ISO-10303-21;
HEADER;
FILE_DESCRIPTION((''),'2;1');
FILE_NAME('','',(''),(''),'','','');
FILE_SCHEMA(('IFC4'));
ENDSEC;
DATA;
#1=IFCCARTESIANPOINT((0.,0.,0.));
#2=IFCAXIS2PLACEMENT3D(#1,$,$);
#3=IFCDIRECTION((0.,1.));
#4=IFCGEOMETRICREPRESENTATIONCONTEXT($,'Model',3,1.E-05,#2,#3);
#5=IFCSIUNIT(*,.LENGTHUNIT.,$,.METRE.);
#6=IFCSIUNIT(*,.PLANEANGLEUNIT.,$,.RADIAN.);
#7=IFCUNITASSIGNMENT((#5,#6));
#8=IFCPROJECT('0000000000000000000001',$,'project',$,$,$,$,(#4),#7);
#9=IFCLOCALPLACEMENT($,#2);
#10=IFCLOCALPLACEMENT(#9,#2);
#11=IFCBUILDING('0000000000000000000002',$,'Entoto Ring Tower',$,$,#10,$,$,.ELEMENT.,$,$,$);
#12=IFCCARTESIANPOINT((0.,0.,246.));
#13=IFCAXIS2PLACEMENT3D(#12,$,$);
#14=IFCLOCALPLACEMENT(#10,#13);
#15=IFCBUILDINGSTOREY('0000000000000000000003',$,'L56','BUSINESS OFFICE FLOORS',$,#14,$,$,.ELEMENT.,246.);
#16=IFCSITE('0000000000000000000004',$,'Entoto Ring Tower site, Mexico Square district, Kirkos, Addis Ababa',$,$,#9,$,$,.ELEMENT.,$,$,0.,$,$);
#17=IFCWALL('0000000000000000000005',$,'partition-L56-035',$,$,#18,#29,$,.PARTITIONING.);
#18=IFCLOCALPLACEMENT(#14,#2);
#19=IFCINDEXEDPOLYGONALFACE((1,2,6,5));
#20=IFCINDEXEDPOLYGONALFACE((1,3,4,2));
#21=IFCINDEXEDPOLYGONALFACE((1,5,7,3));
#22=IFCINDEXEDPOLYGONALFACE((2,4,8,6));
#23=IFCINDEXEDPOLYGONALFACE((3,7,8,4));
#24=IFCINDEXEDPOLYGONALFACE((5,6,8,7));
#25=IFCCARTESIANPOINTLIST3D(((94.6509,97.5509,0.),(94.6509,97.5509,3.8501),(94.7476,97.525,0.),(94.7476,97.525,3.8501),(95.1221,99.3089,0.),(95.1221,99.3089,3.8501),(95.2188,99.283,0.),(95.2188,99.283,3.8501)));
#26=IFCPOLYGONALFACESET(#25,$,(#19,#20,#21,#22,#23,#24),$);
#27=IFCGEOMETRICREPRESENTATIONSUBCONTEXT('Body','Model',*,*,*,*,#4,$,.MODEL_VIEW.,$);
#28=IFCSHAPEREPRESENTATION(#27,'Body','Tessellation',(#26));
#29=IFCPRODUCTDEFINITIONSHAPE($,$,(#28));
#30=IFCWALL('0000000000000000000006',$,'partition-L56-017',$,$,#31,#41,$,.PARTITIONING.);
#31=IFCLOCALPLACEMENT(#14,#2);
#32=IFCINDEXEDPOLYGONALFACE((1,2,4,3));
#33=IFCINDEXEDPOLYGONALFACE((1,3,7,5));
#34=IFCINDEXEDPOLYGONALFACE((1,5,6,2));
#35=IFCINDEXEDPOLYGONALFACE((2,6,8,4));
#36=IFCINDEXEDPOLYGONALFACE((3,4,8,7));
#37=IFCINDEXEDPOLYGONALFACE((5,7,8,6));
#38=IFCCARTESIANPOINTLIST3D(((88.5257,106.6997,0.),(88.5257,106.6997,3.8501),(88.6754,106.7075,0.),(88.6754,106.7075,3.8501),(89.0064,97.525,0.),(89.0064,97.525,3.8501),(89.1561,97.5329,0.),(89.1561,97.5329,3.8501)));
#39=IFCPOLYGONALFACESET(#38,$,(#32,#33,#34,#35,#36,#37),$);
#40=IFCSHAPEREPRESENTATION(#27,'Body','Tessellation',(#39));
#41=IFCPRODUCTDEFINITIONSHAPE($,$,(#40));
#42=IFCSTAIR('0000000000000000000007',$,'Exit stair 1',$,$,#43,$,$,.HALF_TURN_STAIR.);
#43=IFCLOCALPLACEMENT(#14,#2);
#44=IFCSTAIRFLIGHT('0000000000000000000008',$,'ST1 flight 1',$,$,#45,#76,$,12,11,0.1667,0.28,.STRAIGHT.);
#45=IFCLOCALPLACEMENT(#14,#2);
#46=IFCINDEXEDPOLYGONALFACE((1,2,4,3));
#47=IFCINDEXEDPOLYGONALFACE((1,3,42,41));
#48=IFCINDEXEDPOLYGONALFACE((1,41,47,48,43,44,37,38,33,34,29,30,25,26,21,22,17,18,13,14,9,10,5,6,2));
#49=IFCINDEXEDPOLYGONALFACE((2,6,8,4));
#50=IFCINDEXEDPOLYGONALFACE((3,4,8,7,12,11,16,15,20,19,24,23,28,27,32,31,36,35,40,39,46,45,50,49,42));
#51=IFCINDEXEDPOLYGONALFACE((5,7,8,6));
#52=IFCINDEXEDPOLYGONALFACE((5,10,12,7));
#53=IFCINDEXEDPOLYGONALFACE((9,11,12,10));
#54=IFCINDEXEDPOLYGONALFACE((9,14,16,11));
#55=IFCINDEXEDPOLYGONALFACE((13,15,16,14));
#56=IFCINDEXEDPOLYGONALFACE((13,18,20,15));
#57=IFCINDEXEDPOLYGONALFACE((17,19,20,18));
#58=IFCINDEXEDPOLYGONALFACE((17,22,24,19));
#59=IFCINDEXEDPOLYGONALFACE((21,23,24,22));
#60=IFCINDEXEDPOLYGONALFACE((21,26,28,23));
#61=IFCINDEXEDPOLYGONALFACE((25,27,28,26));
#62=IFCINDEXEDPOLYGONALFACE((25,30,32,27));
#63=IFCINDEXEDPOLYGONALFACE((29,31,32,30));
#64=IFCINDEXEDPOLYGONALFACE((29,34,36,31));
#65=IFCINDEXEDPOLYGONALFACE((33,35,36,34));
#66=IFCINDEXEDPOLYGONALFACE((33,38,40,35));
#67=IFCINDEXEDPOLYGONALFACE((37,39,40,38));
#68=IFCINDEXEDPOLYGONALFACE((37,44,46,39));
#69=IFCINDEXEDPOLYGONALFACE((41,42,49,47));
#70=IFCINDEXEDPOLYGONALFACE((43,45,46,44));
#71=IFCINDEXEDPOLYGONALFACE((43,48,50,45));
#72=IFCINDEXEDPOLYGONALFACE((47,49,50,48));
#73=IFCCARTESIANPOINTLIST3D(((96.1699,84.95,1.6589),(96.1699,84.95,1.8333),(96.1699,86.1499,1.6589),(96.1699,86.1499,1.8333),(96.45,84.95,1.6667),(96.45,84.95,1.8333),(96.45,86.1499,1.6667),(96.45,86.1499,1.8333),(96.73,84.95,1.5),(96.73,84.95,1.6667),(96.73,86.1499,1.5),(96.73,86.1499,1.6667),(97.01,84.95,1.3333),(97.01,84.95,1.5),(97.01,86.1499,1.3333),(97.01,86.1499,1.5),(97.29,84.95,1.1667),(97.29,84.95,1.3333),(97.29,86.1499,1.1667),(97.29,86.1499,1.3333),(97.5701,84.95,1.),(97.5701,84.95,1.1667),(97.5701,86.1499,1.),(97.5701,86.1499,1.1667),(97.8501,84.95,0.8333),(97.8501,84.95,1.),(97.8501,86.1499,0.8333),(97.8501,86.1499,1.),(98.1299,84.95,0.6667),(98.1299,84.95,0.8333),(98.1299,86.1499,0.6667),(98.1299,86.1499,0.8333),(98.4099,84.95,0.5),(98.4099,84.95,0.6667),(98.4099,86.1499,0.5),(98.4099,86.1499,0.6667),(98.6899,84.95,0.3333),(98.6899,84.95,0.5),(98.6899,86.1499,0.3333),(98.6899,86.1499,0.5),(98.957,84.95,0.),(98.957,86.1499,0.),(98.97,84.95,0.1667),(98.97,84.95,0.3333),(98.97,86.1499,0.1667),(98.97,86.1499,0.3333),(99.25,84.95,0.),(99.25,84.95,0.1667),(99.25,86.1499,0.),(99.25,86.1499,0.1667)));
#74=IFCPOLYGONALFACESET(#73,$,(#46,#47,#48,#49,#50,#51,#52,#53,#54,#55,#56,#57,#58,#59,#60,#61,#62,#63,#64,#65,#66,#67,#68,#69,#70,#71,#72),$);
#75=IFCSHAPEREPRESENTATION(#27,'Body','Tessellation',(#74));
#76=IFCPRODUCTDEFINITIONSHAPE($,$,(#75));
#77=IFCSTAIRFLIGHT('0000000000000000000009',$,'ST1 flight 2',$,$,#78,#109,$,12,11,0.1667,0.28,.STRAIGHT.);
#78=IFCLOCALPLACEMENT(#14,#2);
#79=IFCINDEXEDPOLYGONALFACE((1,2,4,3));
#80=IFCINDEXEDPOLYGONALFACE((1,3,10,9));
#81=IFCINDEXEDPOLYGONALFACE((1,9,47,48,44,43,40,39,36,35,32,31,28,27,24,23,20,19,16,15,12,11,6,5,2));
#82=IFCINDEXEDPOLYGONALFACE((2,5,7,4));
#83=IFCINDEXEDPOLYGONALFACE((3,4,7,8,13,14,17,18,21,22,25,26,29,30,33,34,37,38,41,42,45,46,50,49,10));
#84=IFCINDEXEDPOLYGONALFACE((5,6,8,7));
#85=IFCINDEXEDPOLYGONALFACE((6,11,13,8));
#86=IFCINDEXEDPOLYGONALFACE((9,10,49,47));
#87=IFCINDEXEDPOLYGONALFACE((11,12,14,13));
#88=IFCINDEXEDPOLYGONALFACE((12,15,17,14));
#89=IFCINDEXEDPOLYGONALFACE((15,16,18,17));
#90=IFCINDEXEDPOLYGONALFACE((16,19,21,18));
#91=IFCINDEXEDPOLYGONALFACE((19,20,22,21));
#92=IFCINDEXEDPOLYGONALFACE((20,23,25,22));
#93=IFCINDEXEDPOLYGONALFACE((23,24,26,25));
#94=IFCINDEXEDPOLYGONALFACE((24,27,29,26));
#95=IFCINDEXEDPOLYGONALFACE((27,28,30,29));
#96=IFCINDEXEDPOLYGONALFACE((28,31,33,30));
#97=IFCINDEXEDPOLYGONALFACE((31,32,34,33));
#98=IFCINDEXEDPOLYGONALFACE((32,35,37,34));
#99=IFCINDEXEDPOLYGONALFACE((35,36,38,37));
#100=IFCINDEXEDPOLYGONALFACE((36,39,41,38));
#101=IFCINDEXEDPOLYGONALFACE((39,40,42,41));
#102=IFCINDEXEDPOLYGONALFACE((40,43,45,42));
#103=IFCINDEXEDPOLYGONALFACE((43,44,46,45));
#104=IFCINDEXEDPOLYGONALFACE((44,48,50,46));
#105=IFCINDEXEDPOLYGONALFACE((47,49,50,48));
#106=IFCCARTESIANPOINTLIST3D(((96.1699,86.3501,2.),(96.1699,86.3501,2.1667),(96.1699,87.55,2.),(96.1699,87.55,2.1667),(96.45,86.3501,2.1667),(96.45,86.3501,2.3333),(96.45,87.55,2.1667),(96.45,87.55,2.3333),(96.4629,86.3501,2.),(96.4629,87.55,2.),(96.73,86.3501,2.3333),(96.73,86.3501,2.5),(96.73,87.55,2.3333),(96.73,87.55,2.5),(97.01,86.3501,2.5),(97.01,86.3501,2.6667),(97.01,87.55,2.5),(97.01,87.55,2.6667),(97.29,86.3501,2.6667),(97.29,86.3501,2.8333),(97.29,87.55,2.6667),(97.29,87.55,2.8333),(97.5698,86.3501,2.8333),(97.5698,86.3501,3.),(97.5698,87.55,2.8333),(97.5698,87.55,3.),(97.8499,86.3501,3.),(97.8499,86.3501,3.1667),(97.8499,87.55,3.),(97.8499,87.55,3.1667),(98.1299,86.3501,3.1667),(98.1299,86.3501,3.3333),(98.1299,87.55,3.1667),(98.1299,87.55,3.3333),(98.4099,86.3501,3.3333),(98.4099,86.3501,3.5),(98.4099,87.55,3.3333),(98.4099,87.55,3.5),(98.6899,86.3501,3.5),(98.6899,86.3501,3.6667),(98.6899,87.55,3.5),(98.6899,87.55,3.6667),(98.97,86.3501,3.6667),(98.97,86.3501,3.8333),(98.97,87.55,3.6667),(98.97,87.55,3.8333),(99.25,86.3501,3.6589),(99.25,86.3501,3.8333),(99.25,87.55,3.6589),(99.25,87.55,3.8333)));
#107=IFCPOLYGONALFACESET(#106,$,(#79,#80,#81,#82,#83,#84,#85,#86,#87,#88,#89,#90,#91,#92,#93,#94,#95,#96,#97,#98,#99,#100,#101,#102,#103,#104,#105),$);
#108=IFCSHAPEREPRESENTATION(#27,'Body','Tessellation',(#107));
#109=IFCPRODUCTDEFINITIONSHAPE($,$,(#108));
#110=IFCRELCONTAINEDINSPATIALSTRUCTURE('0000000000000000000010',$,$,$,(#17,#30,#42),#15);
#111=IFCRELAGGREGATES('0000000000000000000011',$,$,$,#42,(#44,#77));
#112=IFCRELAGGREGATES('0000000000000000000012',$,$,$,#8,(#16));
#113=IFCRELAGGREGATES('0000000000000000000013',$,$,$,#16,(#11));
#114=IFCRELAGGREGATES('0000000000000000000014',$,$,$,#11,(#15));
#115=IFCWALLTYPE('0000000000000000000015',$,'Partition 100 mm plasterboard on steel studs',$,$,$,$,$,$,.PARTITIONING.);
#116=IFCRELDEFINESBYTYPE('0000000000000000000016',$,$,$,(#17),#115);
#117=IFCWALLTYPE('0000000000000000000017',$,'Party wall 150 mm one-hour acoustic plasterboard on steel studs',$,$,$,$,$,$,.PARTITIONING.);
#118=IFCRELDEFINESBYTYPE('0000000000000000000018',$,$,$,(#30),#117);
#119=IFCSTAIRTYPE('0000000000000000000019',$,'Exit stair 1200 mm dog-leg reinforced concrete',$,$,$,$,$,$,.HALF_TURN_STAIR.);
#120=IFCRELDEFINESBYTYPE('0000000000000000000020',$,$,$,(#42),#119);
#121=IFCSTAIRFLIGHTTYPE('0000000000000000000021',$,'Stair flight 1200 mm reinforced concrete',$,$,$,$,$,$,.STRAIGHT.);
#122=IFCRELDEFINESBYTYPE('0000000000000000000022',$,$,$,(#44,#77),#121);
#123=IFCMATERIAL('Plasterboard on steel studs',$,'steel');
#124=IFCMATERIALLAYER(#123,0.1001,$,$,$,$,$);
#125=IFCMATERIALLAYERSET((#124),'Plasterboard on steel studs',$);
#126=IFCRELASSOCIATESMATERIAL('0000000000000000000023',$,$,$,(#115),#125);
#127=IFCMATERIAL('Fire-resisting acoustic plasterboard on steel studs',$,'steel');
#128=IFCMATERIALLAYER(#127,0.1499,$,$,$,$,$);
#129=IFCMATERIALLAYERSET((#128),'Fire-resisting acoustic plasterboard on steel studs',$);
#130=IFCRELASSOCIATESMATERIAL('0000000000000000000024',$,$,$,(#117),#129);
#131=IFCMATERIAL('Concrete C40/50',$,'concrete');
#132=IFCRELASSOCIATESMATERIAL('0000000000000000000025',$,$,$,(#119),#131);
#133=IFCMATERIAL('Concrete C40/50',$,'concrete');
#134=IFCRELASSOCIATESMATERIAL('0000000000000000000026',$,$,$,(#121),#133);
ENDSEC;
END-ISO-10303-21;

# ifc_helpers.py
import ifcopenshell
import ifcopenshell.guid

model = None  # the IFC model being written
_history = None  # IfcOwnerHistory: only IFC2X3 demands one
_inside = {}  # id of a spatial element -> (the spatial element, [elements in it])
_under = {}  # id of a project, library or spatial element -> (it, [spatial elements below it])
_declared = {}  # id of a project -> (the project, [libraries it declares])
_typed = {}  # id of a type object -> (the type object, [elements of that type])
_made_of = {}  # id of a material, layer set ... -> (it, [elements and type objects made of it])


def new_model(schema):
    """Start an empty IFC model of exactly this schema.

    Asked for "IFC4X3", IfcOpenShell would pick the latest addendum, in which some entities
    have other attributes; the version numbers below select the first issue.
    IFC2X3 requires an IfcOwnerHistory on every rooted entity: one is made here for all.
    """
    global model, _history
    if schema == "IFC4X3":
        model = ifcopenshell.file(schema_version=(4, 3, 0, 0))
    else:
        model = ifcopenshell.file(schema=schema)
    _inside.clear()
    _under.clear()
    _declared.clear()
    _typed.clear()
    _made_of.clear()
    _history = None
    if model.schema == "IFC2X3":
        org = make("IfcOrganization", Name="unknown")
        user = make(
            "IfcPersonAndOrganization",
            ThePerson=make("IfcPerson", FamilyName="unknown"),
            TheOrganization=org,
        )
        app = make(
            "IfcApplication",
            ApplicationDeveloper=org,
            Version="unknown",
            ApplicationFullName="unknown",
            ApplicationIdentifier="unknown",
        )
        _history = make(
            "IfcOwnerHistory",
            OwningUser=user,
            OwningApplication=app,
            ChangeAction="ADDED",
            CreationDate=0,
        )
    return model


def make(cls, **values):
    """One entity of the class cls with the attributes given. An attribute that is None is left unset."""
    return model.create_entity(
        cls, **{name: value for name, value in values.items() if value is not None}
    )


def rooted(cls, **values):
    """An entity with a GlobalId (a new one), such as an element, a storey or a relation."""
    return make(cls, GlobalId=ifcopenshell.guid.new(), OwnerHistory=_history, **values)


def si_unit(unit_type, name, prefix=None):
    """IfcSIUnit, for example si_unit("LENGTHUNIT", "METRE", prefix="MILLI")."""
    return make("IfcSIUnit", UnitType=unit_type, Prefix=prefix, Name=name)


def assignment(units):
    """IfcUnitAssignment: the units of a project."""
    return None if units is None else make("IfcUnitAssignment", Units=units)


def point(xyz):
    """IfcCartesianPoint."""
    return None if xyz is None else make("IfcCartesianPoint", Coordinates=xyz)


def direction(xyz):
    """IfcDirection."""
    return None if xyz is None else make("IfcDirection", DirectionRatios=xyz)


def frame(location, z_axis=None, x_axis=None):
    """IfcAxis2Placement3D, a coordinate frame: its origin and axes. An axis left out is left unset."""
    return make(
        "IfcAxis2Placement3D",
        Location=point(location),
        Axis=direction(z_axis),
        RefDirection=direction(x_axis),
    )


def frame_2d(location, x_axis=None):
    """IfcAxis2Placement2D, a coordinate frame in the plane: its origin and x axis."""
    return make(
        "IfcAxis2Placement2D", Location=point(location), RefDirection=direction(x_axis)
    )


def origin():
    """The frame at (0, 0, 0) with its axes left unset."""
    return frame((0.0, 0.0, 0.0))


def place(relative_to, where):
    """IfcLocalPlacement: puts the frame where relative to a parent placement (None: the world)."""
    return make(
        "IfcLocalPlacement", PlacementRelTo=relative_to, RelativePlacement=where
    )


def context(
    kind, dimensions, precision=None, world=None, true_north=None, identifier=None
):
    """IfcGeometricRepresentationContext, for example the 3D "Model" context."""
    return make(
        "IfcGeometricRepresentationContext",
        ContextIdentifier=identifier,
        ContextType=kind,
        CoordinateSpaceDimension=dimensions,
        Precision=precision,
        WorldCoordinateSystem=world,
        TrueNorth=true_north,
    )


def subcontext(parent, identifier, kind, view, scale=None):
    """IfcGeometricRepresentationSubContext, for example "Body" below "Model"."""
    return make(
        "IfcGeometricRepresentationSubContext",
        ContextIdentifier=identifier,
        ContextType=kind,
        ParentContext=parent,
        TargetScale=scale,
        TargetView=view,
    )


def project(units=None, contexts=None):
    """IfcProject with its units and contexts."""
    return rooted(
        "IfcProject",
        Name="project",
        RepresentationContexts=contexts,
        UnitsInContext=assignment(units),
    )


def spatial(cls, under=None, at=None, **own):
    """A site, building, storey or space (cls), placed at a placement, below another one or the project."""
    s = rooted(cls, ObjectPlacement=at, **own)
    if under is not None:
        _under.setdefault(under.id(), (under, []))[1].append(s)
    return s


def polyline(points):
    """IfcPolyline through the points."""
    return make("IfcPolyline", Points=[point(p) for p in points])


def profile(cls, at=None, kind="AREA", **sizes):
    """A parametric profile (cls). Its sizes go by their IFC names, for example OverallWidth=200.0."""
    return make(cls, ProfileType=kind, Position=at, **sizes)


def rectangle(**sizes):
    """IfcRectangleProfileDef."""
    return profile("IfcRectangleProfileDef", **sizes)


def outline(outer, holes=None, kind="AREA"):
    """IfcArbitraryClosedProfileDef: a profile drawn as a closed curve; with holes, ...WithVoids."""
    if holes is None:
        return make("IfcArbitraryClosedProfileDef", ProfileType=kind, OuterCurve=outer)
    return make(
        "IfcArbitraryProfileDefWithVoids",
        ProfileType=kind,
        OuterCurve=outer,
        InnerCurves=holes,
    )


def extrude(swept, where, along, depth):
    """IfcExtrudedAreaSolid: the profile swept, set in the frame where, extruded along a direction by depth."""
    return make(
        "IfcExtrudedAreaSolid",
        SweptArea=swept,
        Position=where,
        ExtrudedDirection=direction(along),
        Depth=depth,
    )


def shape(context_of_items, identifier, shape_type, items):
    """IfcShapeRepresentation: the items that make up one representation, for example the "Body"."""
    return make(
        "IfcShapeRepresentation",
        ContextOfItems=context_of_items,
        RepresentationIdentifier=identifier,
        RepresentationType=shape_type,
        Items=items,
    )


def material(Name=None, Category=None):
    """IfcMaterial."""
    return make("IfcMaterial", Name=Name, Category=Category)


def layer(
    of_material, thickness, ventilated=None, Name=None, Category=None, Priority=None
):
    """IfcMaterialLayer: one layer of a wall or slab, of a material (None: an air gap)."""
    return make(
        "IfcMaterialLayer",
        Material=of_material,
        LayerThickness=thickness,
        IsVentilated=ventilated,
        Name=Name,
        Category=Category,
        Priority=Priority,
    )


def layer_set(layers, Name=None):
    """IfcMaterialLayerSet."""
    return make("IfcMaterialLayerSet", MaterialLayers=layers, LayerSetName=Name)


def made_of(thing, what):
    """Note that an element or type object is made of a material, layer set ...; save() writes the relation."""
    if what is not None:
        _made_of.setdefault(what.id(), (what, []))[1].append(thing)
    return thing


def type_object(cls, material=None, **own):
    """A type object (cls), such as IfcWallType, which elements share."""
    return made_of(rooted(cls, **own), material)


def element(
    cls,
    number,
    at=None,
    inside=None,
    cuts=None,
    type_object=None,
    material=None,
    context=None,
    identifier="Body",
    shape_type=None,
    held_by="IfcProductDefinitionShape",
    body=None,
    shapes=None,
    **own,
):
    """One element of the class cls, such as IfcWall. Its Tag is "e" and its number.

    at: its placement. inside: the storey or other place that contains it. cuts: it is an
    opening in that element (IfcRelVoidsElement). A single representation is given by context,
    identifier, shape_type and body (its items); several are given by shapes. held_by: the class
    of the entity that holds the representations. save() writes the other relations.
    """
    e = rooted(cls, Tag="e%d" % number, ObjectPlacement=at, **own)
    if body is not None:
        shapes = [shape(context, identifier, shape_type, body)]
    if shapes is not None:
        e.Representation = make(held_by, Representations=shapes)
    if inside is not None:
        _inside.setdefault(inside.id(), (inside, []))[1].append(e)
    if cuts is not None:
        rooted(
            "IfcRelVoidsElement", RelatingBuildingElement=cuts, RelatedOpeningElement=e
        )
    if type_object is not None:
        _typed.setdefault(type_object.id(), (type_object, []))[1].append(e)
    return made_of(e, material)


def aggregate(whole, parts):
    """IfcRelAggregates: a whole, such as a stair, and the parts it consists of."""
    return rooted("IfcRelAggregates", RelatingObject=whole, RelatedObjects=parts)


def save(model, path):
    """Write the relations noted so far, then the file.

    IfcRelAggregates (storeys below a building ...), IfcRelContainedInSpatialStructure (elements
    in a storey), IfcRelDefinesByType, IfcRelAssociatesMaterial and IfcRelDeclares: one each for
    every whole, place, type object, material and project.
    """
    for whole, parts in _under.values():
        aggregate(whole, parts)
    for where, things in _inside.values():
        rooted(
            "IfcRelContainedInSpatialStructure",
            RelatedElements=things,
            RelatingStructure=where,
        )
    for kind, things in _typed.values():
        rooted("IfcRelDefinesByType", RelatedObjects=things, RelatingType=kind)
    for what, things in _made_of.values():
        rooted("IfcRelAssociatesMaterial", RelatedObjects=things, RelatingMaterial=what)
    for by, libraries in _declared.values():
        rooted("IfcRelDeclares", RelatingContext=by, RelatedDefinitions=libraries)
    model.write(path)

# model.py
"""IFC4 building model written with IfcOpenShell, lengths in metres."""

from ifc_helpers import new_model, si_unit, direction, frame, frame_2d, origin, place, context, subcontext, project, spatial, polyline, rectangle, outline, extrude, material, layer, layer_set, type_object, element, aggregate, save


model = new_model("IFC4")

# Units and contexts
model_context = context("Model", 3, precision=1e-05, world=origin(), true_north=direction((0.0, 1.0)))
body_context = subcontext(model_context, "Body", "Model", "MODEL_VIEW")
ifc_project = project(units=[si_unit("LENGTHUNIT", "METRE"), si_unit("PLANEANGLEUNIT", "RADIAN")], contexts=[model_context])

# Site, building, storey
site_placement = place(None, origin())
site = spatial("IfcSite", under=ifc_project, at=site_placement, Name="Entoto Ring Tower site, Mexico Square district, Kirkos, Addis Ababa", CompositionType="ELEMENT", RefElevation=0.0)
building_placement = place(site_placement, origin())
building = spatial("IfcBuilding", under=site, at=building_placement, Name="Entoto Ring Tower", CompositionType="ELEMENT")
storey_placement = place(building_placement, frame((0.0, 0.0, 246.0)))
storey = spatial("IfcBuildingStorey", under=building, at=storey_placement, Name="L56", Description="BUSINESS OFFICE FLOORS", CompositionType="ELEMENT", Elevation=246.0)

# Walls
ifc_material_1 = material(Name="Plasterboard on steel studs", Category="steel")
ifc_layer_1 = layer(ifc_material_1, 0.1001)
ifc_layer_set_1 = layer_set([ifc_layer_1], Name="Plasterboard on steel studs")
wall_type_1 = type_object("IfcWallType", Name="Partition 100 mm plasterboard on steel studs", PredefinedType="PARTITIONING", material=ifc_layer_set_1)
wall_1_placement = place(storey_placement, frame((94.6992, 97.5378, 0.0), z_axis=(0.0, 0.0, 1.0), x_axis=(0.258881, 0.965909, 0.0)))
element("IfcWall", 1, at=wall_1_placement, inside=storey, type_object=wall_type_1, Name="partition-L56-035", PredefinedType="PARTITIONING", context=body_context, shape_type="SweptSolid", body=[
    extrude(rectangle(XDim=1.8201, YDim=0.1001, at=frame_2d((0.9102, 0.0))), origin(), (0.0, 0.0, 1.0), 3.8501),
])
ifc_material_2 = material(Name="Fire-resisting acoustic plasterboard on steel studs", Category="steel")
ifc_layer_2 = layer(ifc_material_2, 0.1499)
ifc_layer_set_2 = layer_set([ifc_layer_2], Name="Fire-resisting acoustic plasterboard on steel studs")
wall_type_2 = type_object("IfcWallType", Name="Party wall 150 mm one-hour acoustic plasterboard on steel studs", PredefinedType="PARTITIONING", material=ifc_layer_set_2)
wall_2_placement = place(storey_placement, frame((89.0813, 97.5288, 0.0), z_axis=(0.0, 0.0, 1.0), x_axis=(-0.052325, 0.99863, 0.0)))
element("IfcWall", 2, at=wall_2_placement, inside=storey, type_object=wall_type_2, Name="partition-L56-017", PredefinedType="PARTITIONING", context=body_context, shape_type="SweptSolid", body=[
    extrude(rectangle(XDim=9.1873, YDim=0.1499, at=frame_2d((4.5938, 0.0))), origin(), (0.0, 0.0, 1.0), 3.8501),
])

# Stair, stair flights
ifc_material_3 = material(Name="Concrete C40/50", Category="concrete")
stair_type = type_object("IfcStairType", Name="Exit stair 1200 mm dog-leg reinforced concrete", PredefinedType="HALF_TURN_STAIR", material=ifc_material_3)
stair_placement = place(storey_placement, origin())
stair = element("IfcStair", 3, at=stair_placement, inside=storey, type_object=stair_type, Name="Exit stair 1", PredefinedType="HALF_TURN_STAIR")
ifc_material_4 = material(Name="Concrete C40/50", Category="concrete")
stair_flight_type = type_object("IfcStairFlightType", Name="Stair flight 1200 mm reinforced concrete", PredefinedType="STRAIGHT", material=ifc_material_4)
stair_flight_1_placement = place(storey_placement, frame((99.25, 85.55, 0.0), z_axis=(0.0, 0.0, 1.0), x_axis=(-1.0, 0.0, 0.0)))
stair_flight_1 = element("IfcStairFlight", 4, at=stair_flight_1_placement, type_object=stair_flight_type, Name="ST1 flight 1", NumberOfRisers=12, NumberOfTreads=11, PredefinedType="STRAIGHT", RiserHeight=0.1667, TreadLength=0.28, context=body_context, shape_type="SweptSolid", body=[
    extrude(outline(polyline([(0.0, 0.0), (0.0, 0.1667), (0.28, 0.1667), (0.28, 0.3333), (0.5601, 0.3333), (0.5601, 0.5), (0.8401, 0.5), (0.8401, 0.6667), (1.1201, 0.6667), (1.1201, 0.8333), (1.3999, 0.8333), (1.3999, 1.0), (1.6799, 1.0), (1.6799, 1.1667), (1.96, 1.1667), (1.96, 1.3333), (2.24, 1.3333), (2.24, 1.5), (2.52, 1.5), (2.52, 1.6667), (2.8, 1.6667), (2.8, 1.8333), (3.0801, 1.8333), (3.0801, 2.0), (3.0801, 1.6589), (0.293, 0.0), (0.0, 0.0)])), frame((0.0, 0.6001, 0.0), z_axis=(0.0, -1.0, 0.0), x_axis=(1.0, 0.0, 0.0)), (0.0, 0.0, 1.0), 1.2),
])
stair_flight_2_placement = place(storey_placement, frame((96.1699, 86.95, 2.0), z_axis=(0.0, 0.0, 1.0), x_axis=(1.0, 0.0, 0.0)))
stair_flight_2 = element("IfcStairFlight", 5, at=stair_flight_2_placement, type_object=stair_flight_type, Name="ST1 flight 2", NumberOfRisers=12, NumberOfTreads=11, PredefinedType="STRAIGHT", RiserHeight=0.1667, TreadLength=0.28, context=body_context, shape_type="SweptSolid", body=[
    extrude(outline(polyline([(0.0, 0.0), (0.0, 0.1667), (0.28, 0.1667), (0.28, 0.3333), (0.5601, 0.3333), (0.5601, 0.5), (0.8401, 0.5), (0.8401, 0.6667), (1.1201, 0.6667), (1.1201, 0.8333), (1.3999, 0.8333), (1.3999, 1.0), (1.6799, 1.0), (1.6799, 1.1667), (1.96, 1.1667), (1.96, 1.3333), (2.24, 1.3333), (2.24, 1.5), (2.52, 1.5), (2.52, 1.6667), (2.8, 1.6667), (2.8, 1.8333), (3.0801, 1.8333), (3.0801, 2.0), (3.0801, 1.6589), (0.293, 0.0), (0.0, 0.0)])), frame((0.0, 0.6001, 0.0), z_axis=(0.0, -1.0, 0.0), x_axis=(1.0, 0.0, 0.0)), (0.0, 0.0, 1.0), 1.2),
])
aggregate(stair, [stair_flight_1, stair_flight_2])

save(model, "model.ifc")
